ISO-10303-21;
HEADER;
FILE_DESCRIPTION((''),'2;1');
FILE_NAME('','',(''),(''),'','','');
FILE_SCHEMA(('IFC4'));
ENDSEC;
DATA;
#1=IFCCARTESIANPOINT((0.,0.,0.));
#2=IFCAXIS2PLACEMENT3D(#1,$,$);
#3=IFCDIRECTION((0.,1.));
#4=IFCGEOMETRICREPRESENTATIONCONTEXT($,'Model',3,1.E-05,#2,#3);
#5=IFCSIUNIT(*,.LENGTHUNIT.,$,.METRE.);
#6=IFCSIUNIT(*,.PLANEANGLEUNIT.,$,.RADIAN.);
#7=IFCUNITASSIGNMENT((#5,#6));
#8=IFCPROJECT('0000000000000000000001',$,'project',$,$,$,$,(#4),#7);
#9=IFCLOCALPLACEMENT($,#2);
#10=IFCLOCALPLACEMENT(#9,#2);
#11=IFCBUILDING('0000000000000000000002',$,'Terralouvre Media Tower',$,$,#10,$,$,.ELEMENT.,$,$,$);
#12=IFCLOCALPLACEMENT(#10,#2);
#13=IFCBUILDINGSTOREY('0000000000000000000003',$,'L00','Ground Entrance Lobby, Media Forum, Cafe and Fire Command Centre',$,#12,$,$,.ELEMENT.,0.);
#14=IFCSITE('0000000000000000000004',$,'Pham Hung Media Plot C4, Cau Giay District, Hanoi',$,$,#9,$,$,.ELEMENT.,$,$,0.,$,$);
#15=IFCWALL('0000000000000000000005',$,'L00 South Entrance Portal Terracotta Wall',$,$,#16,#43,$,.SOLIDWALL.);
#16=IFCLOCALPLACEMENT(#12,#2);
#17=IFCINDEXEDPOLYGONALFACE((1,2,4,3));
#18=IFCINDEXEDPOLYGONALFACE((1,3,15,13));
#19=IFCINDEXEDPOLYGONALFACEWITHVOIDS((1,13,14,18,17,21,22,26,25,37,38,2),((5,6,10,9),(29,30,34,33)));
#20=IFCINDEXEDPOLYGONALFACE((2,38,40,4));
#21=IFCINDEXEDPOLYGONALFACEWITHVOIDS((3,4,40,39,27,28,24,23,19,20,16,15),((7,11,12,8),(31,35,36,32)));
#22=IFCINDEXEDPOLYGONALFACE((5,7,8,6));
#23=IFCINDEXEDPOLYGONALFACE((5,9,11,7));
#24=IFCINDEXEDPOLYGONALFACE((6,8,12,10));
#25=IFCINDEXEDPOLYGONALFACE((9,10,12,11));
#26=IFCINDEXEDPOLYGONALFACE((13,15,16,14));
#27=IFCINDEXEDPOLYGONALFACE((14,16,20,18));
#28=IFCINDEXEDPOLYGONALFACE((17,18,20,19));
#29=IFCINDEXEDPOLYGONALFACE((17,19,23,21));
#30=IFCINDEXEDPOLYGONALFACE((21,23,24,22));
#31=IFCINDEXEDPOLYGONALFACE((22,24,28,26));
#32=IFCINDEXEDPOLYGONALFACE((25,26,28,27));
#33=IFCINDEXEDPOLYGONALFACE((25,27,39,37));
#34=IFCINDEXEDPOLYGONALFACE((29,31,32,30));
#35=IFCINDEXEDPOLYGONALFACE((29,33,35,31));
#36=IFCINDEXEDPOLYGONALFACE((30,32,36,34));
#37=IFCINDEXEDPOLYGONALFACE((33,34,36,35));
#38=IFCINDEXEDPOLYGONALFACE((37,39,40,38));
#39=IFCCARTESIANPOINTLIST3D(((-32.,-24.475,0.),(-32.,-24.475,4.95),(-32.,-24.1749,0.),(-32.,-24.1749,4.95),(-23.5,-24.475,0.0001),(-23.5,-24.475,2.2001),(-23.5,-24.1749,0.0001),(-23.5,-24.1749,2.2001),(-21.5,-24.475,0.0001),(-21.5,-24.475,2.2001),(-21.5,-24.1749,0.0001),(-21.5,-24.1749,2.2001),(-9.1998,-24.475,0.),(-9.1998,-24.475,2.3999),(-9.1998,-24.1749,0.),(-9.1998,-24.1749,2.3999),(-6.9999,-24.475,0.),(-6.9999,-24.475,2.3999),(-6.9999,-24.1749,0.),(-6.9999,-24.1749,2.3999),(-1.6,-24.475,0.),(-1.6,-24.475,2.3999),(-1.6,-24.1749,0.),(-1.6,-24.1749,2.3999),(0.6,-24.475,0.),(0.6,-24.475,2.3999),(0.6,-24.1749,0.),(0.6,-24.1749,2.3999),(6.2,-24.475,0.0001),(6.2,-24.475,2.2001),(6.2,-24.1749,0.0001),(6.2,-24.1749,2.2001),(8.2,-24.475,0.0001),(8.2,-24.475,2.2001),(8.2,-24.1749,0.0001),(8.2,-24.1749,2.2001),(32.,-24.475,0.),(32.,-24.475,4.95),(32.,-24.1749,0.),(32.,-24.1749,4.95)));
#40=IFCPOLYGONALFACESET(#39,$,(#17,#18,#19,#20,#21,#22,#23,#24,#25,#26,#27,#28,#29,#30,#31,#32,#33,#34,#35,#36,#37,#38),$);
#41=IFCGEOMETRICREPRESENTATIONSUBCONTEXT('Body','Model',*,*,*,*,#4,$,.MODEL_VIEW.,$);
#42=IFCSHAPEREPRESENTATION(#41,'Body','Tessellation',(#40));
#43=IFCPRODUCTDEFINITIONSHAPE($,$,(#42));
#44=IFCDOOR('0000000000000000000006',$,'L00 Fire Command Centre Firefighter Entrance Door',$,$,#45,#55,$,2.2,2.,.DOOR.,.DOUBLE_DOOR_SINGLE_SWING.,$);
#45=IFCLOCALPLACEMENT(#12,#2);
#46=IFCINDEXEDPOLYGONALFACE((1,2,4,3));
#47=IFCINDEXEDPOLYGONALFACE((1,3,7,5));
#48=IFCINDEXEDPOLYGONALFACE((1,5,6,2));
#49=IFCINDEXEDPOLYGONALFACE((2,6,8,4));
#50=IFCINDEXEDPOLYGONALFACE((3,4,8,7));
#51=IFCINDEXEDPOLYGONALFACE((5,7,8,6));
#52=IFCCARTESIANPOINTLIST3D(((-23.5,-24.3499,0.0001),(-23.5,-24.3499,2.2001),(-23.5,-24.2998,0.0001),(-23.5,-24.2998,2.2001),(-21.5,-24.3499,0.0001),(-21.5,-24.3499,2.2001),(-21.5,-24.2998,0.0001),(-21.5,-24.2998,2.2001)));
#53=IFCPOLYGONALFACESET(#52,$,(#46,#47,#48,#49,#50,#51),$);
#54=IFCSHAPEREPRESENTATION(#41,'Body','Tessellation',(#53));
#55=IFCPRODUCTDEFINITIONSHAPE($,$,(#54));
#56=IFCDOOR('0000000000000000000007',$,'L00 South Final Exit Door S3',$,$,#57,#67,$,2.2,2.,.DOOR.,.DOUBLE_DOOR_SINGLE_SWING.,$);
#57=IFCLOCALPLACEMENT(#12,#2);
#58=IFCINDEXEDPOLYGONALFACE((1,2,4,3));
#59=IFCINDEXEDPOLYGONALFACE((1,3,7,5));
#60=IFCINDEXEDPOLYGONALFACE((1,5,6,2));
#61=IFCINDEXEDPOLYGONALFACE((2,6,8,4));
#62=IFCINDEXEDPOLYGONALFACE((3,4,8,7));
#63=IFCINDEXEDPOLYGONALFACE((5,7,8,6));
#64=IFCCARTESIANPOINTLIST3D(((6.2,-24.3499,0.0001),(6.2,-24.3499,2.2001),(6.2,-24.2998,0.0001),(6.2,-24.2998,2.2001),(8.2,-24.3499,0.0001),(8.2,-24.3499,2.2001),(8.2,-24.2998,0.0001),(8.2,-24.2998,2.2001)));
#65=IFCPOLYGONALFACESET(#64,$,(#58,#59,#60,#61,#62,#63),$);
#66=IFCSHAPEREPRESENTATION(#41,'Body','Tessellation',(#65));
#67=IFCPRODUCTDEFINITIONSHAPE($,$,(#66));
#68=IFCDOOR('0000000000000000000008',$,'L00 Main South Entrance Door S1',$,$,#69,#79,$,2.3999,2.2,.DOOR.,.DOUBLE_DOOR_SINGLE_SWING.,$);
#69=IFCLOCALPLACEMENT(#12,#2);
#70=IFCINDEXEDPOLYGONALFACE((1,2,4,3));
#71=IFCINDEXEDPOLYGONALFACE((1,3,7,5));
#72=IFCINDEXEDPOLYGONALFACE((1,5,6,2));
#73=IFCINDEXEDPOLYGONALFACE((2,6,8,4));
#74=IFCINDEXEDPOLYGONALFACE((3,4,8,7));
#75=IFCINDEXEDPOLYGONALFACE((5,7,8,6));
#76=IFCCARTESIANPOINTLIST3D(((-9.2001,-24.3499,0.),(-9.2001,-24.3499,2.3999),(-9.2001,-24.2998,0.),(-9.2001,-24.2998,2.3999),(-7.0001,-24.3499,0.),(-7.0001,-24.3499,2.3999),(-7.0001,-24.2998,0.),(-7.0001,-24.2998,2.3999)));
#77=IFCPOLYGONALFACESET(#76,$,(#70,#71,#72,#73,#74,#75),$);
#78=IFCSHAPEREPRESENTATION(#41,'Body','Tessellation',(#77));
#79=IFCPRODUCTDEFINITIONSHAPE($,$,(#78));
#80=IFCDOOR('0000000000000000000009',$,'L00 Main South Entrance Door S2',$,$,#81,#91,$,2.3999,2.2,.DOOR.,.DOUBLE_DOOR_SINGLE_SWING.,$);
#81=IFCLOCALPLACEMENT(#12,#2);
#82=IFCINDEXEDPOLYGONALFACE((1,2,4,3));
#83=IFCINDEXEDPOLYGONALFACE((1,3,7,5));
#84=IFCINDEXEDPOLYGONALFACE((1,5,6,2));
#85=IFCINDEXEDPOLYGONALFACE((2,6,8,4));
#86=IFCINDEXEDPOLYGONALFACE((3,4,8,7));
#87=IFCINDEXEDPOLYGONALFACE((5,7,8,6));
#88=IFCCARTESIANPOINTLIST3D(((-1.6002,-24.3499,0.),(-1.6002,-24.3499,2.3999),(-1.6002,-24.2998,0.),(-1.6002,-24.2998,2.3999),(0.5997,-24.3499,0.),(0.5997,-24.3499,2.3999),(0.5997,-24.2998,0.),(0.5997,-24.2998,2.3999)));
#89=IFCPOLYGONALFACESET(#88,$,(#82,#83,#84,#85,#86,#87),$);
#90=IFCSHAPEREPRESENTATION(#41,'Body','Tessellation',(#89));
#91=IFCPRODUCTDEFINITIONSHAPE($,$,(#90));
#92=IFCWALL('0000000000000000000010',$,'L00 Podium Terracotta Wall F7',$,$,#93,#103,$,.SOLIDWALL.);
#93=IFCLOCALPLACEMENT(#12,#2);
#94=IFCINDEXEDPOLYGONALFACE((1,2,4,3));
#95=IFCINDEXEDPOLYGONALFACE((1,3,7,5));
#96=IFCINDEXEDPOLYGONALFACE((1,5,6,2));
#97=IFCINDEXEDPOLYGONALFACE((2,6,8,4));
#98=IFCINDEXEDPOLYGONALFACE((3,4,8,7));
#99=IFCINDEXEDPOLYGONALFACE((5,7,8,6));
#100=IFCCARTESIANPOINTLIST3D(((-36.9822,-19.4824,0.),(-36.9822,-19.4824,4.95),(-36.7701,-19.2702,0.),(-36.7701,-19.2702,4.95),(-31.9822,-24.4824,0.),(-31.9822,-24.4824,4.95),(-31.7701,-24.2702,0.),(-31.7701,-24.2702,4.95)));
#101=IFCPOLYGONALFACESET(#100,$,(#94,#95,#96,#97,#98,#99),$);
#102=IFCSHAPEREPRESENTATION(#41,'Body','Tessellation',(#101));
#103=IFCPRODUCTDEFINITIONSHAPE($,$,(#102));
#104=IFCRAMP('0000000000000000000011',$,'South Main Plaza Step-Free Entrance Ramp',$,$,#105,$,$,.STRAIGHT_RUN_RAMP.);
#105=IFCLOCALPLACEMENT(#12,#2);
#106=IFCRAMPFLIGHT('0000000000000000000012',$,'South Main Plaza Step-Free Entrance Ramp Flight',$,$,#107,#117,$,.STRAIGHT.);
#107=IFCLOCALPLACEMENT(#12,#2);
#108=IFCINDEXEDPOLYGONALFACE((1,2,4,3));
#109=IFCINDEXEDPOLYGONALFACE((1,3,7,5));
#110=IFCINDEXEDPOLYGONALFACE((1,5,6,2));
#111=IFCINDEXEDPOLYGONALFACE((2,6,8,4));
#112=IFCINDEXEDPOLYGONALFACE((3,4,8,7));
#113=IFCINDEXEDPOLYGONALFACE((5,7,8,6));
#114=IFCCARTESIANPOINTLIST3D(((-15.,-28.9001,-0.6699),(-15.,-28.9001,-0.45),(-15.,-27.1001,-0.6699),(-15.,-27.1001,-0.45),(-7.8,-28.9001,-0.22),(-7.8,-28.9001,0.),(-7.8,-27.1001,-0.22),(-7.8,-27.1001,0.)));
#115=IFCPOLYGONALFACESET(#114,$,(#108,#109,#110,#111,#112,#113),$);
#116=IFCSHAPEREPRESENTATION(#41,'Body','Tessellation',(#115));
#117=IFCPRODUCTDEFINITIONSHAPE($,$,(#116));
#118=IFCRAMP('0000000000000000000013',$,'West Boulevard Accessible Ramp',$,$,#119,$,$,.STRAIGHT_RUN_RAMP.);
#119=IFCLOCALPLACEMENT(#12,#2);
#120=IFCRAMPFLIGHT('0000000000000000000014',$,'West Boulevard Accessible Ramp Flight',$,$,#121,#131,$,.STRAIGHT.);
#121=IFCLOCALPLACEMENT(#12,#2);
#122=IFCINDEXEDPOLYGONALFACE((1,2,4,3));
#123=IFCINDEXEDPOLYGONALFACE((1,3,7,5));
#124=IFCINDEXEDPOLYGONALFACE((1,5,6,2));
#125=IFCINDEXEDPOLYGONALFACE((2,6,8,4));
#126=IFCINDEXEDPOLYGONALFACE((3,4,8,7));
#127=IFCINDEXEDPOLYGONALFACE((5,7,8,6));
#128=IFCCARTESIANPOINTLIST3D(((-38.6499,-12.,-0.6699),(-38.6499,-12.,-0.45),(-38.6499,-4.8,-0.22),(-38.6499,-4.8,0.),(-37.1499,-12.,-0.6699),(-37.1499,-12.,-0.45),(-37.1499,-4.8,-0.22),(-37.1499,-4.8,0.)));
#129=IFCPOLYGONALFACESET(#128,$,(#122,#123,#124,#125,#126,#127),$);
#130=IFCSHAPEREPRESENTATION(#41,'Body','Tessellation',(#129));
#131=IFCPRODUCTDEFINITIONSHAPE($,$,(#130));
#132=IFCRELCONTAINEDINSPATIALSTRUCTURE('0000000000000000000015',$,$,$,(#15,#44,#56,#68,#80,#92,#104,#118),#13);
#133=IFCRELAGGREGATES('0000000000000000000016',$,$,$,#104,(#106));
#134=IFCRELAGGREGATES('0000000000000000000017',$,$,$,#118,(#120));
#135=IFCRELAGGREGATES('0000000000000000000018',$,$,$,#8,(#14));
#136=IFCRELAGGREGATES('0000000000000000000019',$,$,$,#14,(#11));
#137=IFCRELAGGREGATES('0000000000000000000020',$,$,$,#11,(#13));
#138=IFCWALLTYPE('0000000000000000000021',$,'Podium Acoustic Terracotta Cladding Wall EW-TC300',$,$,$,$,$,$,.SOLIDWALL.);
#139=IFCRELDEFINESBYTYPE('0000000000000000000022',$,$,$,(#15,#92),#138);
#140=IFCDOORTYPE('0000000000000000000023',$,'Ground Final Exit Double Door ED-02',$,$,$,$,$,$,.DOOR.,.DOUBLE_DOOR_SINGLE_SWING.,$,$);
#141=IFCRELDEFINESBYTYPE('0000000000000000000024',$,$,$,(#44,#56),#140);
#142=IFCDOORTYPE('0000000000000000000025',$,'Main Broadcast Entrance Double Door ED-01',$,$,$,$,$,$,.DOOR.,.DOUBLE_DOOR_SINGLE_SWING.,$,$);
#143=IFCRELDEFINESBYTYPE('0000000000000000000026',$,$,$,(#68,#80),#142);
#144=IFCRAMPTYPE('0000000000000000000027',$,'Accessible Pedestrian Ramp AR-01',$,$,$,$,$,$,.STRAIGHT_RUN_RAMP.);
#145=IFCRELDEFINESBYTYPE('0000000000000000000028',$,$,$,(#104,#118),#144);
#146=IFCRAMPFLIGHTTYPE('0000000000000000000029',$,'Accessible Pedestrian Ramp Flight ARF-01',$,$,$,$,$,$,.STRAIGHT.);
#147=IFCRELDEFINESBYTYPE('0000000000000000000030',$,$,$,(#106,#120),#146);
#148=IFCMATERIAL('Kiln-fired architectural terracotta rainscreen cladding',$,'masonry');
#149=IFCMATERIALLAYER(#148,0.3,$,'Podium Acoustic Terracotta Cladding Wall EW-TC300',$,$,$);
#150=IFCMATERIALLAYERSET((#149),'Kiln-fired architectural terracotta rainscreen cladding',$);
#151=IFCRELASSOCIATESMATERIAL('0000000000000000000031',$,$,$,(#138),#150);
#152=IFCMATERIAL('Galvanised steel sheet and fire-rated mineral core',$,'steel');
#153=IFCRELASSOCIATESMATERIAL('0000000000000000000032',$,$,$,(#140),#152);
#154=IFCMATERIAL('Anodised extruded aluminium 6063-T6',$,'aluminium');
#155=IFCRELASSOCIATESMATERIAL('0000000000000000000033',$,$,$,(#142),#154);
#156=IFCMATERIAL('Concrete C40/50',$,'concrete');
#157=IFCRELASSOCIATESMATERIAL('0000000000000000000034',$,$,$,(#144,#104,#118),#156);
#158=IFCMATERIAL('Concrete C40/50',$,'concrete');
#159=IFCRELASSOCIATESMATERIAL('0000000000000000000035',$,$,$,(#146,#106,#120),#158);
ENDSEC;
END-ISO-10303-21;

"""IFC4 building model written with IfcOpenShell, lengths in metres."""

from ifc_helpers import new_model, si_unit, direction, frame, frame_2d, origin, place, context, subcontext, project, spatial, polyline, rectangle, outline, extrude, material, layer, layer_set, type_object, element, fill, aggregate, save


model = new_model("IFC4")

# Units and contexts
model_context = context("Model", 3, precision=1e-05, world=origin(), true_north=direction((0.0, 1.0)))
body_context = subcontext(model_context, "Body", "Model", "MODEL_VIEW")
ifc_project = project(units=[si_unit("LENGTHUNIT", "METRE"), si_unit("PLANEANGLEUNIT", "RADIAN")], contexts=[model_context])

# Site, building, storey
site_placement = place(None, origin())
site = spatial("IfcSite", under=ifc_project, at=site_placement, Name="Pham Hung Media Plot C4, Cau Giay District, Hanoi", CompositionType="ELEMENT", RefElevation=0.0)
building_placement = place(site_placement, origin())
building = spatial("IfcBuilding", under=site, at=building_placement, Name="Terralouvre Media Tower", CompositionType="ELEMENT")
storey_placement = place(building_placement, origin())
storey = spatial("IfcBuildingStorey", under=building, at=storey_placement, Name="L00", Description="Ground Entrance Lobby, Media Forum, Cafe and Fire Command Centre", CompositionType="ELEMENT", Elevation=0.0)

# Wall, openings, doors
ifc_material_1 = material(Name="Kiln-fired architectural terracotta rainscreen cladding", Category="masonry")
ifc_layer_1 = layer(ifc_material_1, 0.3, Name="Podium Acoustic Terracotta Cladding Wall EW-TC300")
ifc_layer_set_1 = layer_set([ifc_layer_1], Name="Kiln-fired architectural terracotta rainscreen cladding")
wall_type_1 = type_object("IfcWallType", Name="Podium Acoustic Terracotta Cladding Wall EW-TC300", PredefinedType="SOLIDWALL", material=ifc_layer_set_1)
wall_1_placement = place(storey_placement, frame((-32.0, -24.325, 0.0), z_axis=(0.0, 0.0, 1.0), x_axis=(1.0, 0.0, 0.0)))
wall_1 = element("IfcWall", 1, at=wall_1_placement, inside=storey, type_object=wall_type_1, Name="L00 South Entrance Portal Terracotta Wall", PredefinedType="SOLIDWALL", context=body_context, shape_type="SweptSolid", body=[
    extrude(rectangle(XDim=64.0, YDim=0.3, at=frame_2d((32.0, 0.0))), origin(), (0.0, 0.0, 1.0), 4.95),
])
opening_1_placement = place(wall_1_placement, frame((8.5, 0.0, 0.0)))
opening_1 = element("IfcOpeningElement", 2, at=opening_1_placement, cuts=wall_1, PredefinedType="OPENING", context=body_context, shape_type="SweptSolid", body=[
    extrude(rectangle(XDim=2.0, YDim=2.2, at=frame_2d((1.0, 1.1001))), frame((0.0, 0.1599, 0.0), z_axis=(0.0, -1.0, 0.0), x_axis=(1.0, 0.0, 0.0)), (0.0, 0.0, 1.0), 0.3201),
])
opening_2_placement = place(wall_1_placement, frame((22.8, 0.0, 0.0)))
opening_2 = element("IfcOpeningElement", 3, at=opening_2_placement, cuts=wall_1, PredefinedType="OPENING", context=body_context, shape_type="SweptSolid", body=[
    extrude(rectangle(XDim=2.2, YDim=2.3999, at=frame_2d((1.1001, 1.2))), frame((0.0, 0.1599, 0.0), z_axis=(0.0, -1.0, 0.0), x_axis=(1.0, 0.0, 0.0)), (0.0, 0.0, 1.0), 0.3201),
])
opening_3_placement = place(wall_1_placement, frame((30.3999, 0.0, 0.0)))
opening_3 = element("IfcOpeningElement", 4, at=opening_3_placement, cuts=wall_1, PredefinedType="OPENING", context=body_context, shape_type="SweptSolid", body=[
    extrude(rectangle(XDim=2.2, YDim=2.3999, at=frame_2d((1.1001, 1.2))), frame((0.0, 0.1599, 0.0), z_axis=(0.0, -1.0, 0.0), x_axis=(1.0, 0.0, 0.0)), (0.0, 0.0, 1.0), 0.3201),
])
opening_4_placement = place(wall_1_placement, frame((38.2, 0.0, 0.0)))
opening_4 = element("IfcOpeningElement", 5, at=opening_4_placement, cuts=wall_1, PredefinedType="OPENING", context=body_context, shape_type="SweptSolid", body=[
    extrude(rectangle(XDim=2.0, YDim=2.2, at=frame_2d((1.0, 1.1001))), frame((0.0, 0.1599, 0.0), z_axis=(0.0, -1.0, 0.0), x_axis=(1.0, 0.0, 0.0)), (0.0, 0.0, 1.0), 0.3201),
])
ifc_material_2 = material(Name="Galvanised steel sheet and fire-rated mineral core", Category="steel")
door_type_1 = type_object("IfcDoorType", Name="Ground Final Exit Double Door ED-02", OperationType="DOUBLE_DOOR_SINGLE_SWING", PredefinedType="DOOR", material=ifc_material_2)
door_1_placement = place(opening_1_placement, frame((2.0, 0.0, 0.0), z_axis=(0.0, 0.0, 1.0), x_axis=(-1.0, 0.0, 0.0)))
door_1 = element("IfcDoor", 6, at=door_1_placement, inside=storey, type_object=door_type_1, Name="L00 Fire Command Centre Firefighter Entrance Door", OperationType="DOUBLE_DOOR_SINGLE_SWING", OverallHeight=2.2, OverallWidth=2.0, PredefinedType="DOOR", context=body_context, shape_type="SweptSolid", body=[
    extrude(rectangle(XDim=2.0, YDim=2.2, at=frame_2d((1.0, 1.1001))), frame((0.0, 0.0249, 0.0), z_axis=(0.0, -1.0, 0.0), x_axis=(1.0, 0.0, 0.0)), (0.0, 0.0, 1.0), 0.05),
])
fill(opening_1, door_1)
door_2_placement = place(opening_4_placement, frame((2.0, 0.0, 0.0), z_axis=(0.0, 0.0, 1.0), x_axis=(-1.0, 0.0, 0.0)))
door_2 = element("IfcDoor", 7, at=door_2_placement, inside=storey, type_object=door_type_1, Name="L00 South Final Exit Door S3", OperationType="DOUBLE_DOOR_SINGLE_SWING", OverallHeight=2.2, OverallWidth=2.0, PredefinedType="DOOR", context=body_context, shape_type="SweptSolid", body=[
    extrude(rectangle(XDim=2.0, YDim=2.2, at=frame_2d((1.0, 1.1001))), frame((0.0, 0.0249, 0.0), z_axis=(0.0, -1.0, 0.0), x_axis=(1.0, 0.0, 0.0)), (0.0, 0.0, 1.0), 0.05),
])
fill(opening_4, door_2)
ifc_material_3 = material(Name="Anodised extruded aluminium 6063-T6", Category="aluminium")
door_type_2 = type_object("IfcDoorType", Name="Main Broadcast Entrance Double Door ED-01", OperationType="DOUBLE_DOOR_SINGLE_SWING", PredefinedType="DOOR", material=ifc_material_3)
door_3_placement = place(opening_2_placement, frame((2.2, 0.0, 0.0), z_axis=(0.0, 0.0, 1.0), x_axis=(-1.0, 0.0, 0.0)))
door_3 = element("IfcDoor", 8, at=door_3_placement, inside=storey, type_object=door_type_2, Name="L00 Main South Entrance Door S1", OperationType="DOUBLE_DOOR_SINGLE_SWING", OverallHeight=2.3999, OverallWidth=2.2, PredefinedType="DOOR", context=body_context, shape_type="SweptSolid", body=[
    extrude(rectangle(XDim=2.2, YDim=2.3999, at=frame_2d((1.1001, 1.2))), frame((0.0, 0.0249, 0.0), z_axis=(0.0, -1.0, 0.0), x_axis=(1.0, 0.0, 0.0)), (0.0, 0.0, 1.0), 0.05),
])
fill(opening_2, door_3)
door_4_placement = place(opening_3_placement, frame((2.2, 0.0, 0.0), z_axis=(0.0, 0.0, 1.0), x_axis=(-1.0, 0.0, 0.0)))
door_4 = element("IfcDoor", 9, at=door_4_placement, inside=storey, type_object=door_type_2, Name="L00 Main South Entrance Door S2", OperationType="DOUBLE_DOOR_SINGLE_SWING", OverallHeight=2.3999, OverallWidth=2.2, PredefinedType="DOOR", context=body_context, shape_type="SweptSolid", body=[
    extrude(rectangle(XDim=2.2, YDim=2.3999, at=frame_2d((1.1001, 1.2))), frame((0.0, 0.0249, 0.0), z_axis=(0.0, -1.0, 0.0), x_axis=(1.0, 0.0, 0.0)), (0.0, 0.0, 1.0), 0.05),
])
fill(opening_3, door_4)

# Wall
wall_2_placement = place(storey_placement, frame((-36.8762, -19.3762, 0.0), z_axis=(0.0, 0.0, 1.0), x_axis=(0.707107, -0.707107, 0.0)))
element("IfcWall", 10, at=wall_2_placement, inside=storey, type_object=wall_type_1, Name="L00 Podium Terracotta Wall F7", PredefinedType="SOLIDWALL", context=body_context, shape_type="SweptSolid", body=[
    extrude(rectangle(XDim=7.071, YDim=0.3, at=frame_2d((3.5356, 0.0))), origin(), (0.0, 0.0, 1.0), 4.95),
])

# Ramps, ramp flights
ifc_material_4 = material(Name="Concrete C40/50", Category="concrete")
ramp_type = type_object("IfcRampType", Name="Accessible Pedestrian Ramp AR-01", PredefinedType="STRAIGHT_RUN_RAMP", material=ifc_material_4)
ramp_1_placement = place(storey_placement, origin())
ramp_1 = element("IfcRamp", 11, at=ramp_1_placement, inside=storey, type_object=ramp_type, material=ifc_material_4, Name="South Main Plaza Step-Free Entrance Ramp", PredefinedType="STRAIGHT_RUN_RAMP")
ifc_material_5 = material(Name="Concrete C40/50", Category="concrete")
ramp_flight_type = type_object("IfcRampFlightType", Name="Accessible Pedestrian Ramp Flight ARF-01", PredefinedType="STRAIGHT", material=ifc_material_5)
ramp_flight_1_placement = place(storey_placement, frame((-15.0, -28.0, -0.45), z_axis=(0.0, 0.0, 1.0), x_axis=(1.0, 0.0, 0.0)))
ramp_flight_1 = element("IfcRampFlight", 12, at=ramp_flight_1_placement, type_object=ramp_flight_type, material=ifc_material_5, Name="South Main Plaza Step-Free Entrance Ramp Flight", PredefinedType="STRAIGHT", context=body_context, shape_type="SweptSolid", body=[
    extrude(outline(polyline([(0.0, 0.0), (7.2, 0.45), (7.2, 0.23), (0.0, -0.22), (0.0, 0.0)])), frame((0.0, 0.8999, 0.0), z_axis=(0.0, -1.0, 0.0), x_axis=(1.0, 0.0, 0.0)), (0.0, 0.0, 1.0), 1.8),
])
aggregate(ramp_1, [ramp_flight_1])
ramp_2_placement = place(storey_placement, origin())
ramp_2 = element("IfcRamp", 13, at=ramp_2_placement, inside=storey, type_object=ramp_type, material=ifc_material_4, Name="West Boulevard Accessible Ramp", PredefinedType="STRAIGHT_RUN_RAMP")
ramp_flight_2_placement = place(storey_placement, frame((-37.8999, -12.0, -0.45), z_axis=(0.0, 0.0, 1.0), x_axis=(0.0, 1.0, 0.0)))
ramp_flight_2 = element("IfcRampFlight", 14, at=ramp_flight_2_placement, type_object=ramp_flight_type, material=ifc_material_5, Name="West Boulevard Accessible Ramp Flight", PredefinedType="STRAIGHT", context=body_context, shape_type="SweptSolid", body=[
    extrude(outline(polyline([(0.0, 0.0), (7.2, 0.45), (7.2, 0.23), (0.0, -0.22), (0.0, 0.0)])), frame((0.0, 0.75, 0.0), z_axis=(0.0, -1.0, 0.0), x_axis=(1.0, 0.0, 0.0)), (0.0, 0.0, 1.0), 1.5),
])
aggregate(ramp_2, [ramp_flight_2])

save(model, "model.ifc")
